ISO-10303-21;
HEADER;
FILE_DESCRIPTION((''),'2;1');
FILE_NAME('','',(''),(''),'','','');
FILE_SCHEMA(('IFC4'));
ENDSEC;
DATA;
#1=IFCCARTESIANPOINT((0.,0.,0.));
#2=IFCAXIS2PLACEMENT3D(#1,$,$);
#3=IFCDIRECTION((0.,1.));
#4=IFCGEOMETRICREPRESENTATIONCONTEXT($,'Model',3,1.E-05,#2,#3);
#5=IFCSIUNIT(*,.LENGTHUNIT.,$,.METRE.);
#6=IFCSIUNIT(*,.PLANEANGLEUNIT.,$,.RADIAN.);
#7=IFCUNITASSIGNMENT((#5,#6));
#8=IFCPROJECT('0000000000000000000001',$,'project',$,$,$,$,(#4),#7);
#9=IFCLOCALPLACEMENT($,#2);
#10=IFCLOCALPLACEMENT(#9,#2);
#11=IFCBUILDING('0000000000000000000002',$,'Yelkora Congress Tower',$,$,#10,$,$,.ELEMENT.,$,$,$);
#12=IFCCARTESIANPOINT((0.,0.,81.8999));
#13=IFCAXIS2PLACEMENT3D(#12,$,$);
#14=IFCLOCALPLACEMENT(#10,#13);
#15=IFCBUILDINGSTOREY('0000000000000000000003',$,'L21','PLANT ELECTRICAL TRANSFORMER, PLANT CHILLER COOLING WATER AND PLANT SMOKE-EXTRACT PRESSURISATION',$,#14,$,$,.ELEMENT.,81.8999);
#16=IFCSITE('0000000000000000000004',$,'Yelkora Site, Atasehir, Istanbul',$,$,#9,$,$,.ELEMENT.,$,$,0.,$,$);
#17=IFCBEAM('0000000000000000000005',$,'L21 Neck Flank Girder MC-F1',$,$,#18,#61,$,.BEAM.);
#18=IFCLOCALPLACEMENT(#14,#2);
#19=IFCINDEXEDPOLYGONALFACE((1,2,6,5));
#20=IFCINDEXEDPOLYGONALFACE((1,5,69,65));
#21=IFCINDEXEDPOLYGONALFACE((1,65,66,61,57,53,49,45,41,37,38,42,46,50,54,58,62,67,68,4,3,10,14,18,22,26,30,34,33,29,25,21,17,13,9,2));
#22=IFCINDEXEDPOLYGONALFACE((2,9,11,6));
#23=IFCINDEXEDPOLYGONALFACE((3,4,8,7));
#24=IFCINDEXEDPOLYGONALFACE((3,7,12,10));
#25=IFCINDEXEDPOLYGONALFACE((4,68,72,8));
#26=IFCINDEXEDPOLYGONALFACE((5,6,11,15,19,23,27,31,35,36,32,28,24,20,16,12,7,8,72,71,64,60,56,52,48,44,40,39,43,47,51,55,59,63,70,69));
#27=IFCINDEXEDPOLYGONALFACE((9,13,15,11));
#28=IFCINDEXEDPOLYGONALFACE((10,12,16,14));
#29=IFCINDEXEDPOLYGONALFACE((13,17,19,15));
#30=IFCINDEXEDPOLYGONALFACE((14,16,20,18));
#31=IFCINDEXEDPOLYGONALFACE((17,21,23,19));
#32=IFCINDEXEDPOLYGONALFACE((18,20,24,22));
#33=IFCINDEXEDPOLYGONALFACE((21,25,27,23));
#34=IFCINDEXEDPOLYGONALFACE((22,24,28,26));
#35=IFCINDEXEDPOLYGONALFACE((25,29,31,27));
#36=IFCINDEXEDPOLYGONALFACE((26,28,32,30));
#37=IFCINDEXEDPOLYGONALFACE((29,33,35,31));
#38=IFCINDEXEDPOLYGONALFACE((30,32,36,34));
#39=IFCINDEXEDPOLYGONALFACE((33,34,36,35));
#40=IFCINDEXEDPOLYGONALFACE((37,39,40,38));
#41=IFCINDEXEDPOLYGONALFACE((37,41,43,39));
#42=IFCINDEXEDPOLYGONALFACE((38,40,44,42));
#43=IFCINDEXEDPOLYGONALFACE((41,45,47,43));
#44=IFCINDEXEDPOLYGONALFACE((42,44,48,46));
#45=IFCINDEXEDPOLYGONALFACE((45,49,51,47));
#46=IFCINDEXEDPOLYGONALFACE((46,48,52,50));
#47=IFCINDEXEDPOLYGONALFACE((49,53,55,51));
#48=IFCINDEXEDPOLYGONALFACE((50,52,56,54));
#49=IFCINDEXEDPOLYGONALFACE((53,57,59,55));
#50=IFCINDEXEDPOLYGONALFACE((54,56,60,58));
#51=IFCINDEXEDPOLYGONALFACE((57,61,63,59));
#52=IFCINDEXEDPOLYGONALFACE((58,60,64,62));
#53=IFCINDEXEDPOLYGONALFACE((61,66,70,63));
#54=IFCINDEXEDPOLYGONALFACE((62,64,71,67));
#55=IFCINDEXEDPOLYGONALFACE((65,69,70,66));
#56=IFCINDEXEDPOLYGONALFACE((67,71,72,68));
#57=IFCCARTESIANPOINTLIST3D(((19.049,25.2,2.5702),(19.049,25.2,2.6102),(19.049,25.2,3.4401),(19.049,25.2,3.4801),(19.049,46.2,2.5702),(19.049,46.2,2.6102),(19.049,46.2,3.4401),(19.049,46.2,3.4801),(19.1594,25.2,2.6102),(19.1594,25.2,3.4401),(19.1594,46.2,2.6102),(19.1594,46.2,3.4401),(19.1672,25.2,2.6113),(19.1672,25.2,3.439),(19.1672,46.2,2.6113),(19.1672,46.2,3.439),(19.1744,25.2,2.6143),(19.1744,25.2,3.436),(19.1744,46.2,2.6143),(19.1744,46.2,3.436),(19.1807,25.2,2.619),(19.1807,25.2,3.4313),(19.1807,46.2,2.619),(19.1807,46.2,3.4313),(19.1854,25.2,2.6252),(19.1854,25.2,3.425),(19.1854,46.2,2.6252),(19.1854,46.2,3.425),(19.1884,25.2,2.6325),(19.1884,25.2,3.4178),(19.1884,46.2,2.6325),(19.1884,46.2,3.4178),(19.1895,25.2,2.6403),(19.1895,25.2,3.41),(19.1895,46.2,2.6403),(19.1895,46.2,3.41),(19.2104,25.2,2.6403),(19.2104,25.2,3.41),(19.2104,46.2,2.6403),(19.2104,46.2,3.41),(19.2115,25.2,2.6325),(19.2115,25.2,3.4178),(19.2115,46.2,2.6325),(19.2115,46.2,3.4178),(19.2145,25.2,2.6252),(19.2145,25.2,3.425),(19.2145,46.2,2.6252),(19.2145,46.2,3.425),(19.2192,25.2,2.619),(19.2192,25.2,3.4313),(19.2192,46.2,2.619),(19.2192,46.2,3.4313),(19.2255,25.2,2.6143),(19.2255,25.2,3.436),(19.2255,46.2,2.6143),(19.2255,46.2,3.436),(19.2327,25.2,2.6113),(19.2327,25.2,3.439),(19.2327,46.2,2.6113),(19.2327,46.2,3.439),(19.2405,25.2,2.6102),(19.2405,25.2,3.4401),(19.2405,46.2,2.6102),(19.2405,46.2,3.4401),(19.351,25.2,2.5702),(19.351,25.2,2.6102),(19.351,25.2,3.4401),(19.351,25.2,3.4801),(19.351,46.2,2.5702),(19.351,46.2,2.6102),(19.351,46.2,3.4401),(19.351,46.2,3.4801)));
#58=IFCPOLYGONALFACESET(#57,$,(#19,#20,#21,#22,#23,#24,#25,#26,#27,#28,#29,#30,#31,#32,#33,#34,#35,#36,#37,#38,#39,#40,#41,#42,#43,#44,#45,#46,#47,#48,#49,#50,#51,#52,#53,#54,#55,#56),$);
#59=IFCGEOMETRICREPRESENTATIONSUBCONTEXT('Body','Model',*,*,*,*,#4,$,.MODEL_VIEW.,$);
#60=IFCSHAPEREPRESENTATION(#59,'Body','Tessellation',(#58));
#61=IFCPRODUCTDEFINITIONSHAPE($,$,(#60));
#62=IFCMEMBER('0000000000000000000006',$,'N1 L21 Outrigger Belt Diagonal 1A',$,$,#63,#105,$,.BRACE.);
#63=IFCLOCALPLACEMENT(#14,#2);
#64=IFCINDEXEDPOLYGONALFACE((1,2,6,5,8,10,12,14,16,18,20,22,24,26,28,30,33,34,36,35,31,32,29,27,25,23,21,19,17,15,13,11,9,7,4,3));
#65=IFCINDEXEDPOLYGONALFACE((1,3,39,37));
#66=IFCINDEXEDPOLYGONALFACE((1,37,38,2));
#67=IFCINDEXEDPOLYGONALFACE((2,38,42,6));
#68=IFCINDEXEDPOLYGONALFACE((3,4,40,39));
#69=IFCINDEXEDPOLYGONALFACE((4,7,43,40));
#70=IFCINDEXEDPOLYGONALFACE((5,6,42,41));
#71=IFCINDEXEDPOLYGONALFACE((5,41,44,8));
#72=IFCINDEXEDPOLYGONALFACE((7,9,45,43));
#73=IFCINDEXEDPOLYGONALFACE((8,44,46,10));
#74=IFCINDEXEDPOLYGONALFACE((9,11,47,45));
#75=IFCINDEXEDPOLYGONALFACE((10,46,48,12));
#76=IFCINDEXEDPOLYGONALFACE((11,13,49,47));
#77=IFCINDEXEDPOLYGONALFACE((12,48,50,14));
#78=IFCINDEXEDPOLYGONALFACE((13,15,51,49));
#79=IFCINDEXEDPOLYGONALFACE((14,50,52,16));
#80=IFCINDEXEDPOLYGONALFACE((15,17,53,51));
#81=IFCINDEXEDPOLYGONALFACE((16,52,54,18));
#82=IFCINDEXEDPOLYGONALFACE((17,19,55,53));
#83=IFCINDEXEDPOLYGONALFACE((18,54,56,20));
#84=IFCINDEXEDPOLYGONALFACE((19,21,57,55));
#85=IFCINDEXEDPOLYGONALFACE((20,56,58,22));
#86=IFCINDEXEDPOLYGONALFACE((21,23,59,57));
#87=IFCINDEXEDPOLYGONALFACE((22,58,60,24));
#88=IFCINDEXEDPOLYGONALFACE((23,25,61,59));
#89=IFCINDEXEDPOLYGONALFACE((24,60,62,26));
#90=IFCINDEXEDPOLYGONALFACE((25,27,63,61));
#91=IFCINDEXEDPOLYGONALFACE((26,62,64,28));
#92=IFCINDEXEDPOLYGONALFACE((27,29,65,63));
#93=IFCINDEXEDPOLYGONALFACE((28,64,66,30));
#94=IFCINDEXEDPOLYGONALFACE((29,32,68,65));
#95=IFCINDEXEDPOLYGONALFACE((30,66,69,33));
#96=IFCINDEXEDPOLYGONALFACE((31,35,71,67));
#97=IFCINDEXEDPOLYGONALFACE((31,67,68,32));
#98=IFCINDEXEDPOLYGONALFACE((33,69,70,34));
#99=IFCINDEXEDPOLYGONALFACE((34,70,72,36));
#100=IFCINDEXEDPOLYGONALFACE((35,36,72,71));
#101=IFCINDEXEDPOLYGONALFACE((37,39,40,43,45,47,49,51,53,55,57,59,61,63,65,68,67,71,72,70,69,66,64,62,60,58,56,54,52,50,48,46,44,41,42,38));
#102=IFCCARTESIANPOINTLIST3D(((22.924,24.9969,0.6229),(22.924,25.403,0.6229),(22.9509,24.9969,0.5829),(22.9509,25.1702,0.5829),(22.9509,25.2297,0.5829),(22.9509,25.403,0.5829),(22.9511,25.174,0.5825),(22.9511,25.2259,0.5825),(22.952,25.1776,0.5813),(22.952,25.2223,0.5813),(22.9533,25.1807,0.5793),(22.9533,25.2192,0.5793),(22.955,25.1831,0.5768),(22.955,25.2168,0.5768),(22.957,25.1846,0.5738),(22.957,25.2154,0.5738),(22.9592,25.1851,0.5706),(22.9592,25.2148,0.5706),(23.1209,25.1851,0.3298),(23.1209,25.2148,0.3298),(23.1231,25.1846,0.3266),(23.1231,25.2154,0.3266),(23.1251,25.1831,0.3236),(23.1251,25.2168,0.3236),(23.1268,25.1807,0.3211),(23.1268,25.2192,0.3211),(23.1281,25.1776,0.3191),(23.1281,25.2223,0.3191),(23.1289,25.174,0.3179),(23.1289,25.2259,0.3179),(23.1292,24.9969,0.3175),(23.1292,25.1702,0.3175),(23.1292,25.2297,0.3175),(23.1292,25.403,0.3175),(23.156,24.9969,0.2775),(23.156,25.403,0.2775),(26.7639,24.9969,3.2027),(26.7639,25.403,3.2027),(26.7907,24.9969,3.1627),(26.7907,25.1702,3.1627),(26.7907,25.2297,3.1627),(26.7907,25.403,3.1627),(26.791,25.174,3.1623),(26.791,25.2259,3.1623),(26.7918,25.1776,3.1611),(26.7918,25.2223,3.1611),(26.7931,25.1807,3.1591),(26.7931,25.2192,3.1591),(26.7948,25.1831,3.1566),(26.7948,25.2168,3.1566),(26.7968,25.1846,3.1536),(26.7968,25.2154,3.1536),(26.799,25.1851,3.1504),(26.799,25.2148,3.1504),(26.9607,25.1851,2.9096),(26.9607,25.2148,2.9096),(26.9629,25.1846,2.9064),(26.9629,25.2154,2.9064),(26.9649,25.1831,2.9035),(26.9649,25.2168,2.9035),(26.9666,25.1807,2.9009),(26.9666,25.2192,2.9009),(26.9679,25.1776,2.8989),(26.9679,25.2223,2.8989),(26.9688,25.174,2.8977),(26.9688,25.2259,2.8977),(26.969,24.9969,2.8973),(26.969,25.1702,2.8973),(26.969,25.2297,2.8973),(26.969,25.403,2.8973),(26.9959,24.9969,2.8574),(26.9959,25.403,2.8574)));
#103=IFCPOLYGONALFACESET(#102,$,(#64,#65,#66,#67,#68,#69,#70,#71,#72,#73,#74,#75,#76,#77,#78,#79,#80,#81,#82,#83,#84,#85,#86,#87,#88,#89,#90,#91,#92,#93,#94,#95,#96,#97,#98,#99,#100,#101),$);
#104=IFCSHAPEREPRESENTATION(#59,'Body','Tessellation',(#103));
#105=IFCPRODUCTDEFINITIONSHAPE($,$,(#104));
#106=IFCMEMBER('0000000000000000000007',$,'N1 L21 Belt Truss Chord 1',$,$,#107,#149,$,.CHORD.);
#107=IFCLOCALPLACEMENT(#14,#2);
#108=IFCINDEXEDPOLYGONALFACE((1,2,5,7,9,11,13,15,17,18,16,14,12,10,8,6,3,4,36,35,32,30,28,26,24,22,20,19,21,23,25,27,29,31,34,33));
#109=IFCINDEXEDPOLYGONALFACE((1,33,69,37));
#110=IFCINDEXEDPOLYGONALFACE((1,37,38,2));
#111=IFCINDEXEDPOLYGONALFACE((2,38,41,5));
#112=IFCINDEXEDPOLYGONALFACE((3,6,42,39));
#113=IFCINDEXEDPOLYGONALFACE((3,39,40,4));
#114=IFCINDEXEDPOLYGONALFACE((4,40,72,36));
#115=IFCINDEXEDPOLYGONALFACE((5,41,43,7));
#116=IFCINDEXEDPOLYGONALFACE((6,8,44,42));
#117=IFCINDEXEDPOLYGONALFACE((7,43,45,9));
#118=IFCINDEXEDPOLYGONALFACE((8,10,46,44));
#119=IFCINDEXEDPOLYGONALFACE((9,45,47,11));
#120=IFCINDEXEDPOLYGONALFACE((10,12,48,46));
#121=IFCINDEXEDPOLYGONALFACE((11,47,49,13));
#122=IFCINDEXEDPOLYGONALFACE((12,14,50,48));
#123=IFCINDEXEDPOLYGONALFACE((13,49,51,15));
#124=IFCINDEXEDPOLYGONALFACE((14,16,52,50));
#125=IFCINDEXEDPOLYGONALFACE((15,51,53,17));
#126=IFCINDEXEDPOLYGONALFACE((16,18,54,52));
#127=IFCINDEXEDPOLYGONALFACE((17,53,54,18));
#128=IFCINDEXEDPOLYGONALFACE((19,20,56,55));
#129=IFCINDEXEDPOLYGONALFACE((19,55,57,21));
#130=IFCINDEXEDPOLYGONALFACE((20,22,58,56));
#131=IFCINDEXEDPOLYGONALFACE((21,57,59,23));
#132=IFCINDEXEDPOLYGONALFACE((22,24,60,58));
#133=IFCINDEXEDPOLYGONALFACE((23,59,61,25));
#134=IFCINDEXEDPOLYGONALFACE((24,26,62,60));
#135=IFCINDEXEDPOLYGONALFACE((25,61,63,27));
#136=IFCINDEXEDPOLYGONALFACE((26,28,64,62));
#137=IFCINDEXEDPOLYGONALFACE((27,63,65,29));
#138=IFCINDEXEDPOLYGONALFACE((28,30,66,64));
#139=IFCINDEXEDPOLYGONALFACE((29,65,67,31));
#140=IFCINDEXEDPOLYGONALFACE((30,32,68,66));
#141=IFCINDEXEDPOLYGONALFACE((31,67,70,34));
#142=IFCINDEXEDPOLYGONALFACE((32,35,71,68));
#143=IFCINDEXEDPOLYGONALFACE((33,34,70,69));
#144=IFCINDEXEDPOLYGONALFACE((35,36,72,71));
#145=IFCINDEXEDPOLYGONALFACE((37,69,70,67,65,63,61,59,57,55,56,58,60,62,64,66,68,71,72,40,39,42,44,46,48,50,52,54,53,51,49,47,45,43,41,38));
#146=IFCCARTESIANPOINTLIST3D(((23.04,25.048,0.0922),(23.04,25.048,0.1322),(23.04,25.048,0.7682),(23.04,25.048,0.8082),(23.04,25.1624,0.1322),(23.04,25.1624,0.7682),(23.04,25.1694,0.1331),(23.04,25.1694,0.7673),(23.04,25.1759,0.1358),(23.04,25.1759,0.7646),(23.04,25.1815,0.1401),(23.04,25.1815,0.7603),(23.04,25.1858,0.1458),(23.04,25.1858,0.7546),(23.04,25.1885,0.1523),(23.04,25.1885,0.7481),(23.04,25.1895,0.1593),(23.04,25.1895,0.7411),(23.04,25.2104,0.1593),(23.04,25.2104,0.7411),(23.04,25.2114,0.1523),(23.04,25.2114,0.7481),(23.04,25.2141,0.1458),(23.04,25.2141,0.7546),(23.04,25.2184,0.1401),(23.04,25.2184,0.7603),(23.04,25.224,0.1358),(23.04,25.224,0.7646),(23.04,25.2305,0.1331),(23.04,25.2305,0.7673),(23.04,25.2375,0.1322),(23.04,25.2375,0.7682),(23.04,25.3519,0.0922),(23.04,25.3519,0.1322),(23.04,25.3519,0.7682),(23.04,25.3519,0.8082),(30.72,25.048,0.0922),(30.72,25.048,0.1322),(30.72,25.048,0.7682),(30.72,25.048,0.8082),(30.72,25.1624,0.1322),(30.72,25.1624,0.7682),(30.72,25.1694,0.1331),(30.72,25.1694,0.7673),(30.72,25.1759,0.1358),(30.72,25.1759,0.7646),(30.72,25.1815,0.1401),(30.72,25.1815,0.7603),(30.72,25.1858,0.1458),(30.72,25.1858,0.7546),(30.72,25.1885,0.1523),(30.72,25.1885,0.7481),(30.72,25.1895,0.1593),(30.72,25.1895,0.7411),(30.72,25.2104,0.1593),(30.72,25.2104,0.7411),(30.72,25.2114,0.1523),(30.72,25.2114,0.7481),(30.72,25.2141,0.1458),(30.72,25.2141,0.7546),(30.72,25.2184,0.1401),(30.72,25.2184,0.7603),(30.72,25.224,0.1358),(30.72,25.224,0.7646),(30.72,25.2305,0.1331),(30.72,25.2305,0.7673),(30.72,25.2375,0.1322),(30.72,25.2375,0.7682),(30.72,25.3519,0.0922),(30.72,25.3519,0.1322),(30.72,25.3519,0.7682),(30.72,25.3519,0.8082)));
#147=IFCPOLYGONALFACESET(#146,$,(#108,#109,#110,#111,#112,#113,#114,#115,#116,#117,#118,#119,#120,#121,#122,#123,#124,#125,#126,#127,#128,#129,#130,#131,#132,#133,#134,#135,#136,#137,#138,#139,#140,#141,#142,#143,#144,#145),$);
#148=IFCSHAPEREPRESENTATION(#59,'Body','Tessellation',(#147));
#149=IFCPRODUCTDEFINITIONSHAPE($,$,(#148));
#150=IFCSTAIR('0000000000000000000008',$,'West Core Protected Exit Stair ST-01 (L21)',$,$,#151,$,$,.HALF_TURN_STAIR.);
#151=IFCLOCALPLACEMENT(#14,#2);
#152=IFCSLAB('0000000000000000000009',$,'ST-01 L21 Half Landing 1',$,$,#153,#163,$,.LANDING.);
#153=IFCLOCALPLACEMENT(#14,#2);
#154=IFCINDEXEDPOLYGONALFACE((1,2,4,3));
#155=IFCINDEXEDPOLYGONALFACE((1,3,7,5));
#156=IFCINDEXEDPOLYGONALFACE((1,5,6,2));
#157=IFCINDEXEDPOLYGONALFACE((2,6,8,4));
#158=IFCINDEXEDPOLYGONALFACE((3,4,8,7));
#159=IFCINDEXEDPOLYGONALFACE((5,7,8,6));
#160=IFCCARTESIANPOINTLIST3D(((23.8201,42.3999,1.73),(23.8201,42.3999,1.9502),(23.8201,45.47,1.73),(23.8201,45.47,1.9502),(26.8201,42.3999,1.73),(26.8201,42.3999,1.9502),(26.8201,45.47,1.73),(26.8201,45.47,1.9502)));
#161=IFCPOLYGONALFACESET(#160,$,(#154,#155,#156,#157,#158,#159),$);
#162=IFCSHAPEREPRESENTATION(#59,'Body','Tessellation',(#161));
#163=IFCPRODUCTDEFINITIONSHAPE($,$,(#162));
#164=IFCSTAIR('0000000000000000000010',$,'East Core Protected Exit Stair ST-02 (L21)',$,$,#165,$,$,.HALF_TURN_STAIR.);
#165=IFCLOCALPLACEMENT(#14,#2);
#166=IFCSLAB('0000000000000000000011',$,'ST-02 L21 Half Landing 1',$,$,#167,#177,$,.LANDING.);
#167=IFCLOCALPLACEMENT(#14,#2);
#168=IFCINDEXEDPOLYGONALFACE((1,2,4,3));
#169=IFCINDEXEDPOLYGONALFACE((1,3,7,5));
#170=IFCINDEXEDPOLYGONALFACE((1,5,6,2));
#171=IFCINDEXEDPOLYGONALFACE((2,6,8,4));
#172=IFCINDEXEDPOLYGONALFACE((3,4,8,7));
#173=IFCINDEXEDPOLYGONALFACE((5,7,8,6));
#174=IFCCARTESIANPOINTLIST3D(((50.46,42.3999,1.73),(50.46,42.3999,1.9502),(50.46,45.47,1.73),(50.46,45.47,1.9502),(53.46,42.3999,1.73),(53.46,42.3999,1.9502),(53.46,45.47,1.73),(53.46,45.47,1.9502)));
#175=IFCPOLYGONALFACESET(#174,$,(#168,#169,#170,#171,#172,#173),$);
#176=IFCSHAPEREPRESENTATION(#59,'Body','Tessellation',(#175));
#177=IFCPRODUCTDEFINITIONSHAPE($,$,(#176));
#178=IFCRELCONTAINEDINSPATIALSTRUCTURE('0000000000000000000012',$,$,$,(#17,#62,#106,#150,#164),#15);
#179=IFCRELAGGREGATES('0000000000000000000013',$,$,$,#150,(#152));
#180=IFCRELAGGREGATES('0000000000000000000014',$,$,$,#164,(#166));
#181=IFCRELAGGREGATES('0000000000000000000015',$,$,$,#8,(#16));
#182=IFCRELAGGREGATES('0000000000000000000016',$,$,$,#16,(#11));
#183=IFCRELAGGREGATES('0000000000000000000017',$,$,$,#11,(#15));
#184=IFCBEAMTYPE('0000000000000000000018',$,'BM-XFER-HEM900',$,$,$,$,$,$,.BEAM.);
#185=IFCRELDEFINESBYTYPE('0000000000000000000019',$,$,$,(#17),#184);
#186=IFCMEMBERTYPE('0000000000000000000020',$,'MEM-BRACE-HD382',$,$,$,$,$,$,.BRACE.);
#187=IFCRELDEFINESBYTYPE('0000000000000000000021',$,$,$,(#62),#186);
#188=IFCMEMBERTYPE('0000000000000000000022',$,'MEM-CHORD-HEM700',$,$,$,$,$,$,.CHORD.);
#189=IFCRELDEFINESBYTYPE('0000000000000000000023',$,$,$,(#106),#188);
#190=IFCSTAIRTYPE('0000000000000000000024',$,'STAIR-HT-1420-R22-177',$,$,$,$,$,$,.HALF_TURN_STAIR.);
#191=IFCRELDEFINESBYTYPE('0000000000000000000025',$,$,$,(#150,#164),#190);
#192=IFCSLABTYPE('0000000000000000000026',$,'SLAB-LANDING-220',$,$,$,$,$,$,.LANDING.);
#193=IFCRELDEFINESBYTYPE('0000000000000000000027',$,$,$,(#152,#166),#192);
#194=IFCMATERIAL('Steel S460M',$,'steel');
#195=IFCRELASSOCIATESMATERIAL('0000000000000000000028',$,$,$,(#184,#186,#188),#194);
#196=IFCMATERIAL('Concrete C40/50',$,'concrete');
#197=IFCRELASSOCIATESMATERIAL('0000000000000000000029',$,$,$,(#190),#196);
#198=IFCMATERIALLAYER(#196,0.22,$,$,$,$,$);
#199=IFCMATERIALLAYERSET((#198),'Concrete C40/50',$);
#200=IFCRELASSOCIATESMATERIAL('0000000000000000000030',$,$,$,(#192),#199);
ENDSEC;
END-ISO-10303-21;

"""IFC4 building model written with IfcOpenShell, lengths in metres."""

from ifc_helpers import new_model, si_unit, direction, frame, origin, origin_2d, place, context, subcontext, project, spatial, polyline, i_section, outline, extrude, material, layer, layer_set, material_profile, profile_set, type_object, element, aggregate, save


model = new_model("IFC4")

# Units and contexts
model_context = context("Model", 3, precision=1e-05, world=origin(), true_north=direction((0.0, 1.0)))
body_context = subcontext(model_context, "Body", "Model", "MODEL_VIEW")
ifc_project = project(units=[si_unit("LENGTHUNIT", "METRE"), si_unit("PLANEANGLEUNIT", "RADIAN")], contexts=[model_context])

# Site, building, storey
site_placement = place(None, origin())
site = spatial("IfcSite", under=ifc_project, at=site_placement, Name="Yelkora Site, Atasehir, Istanbul", CompositionType="ELEMENT", RefElevation=0.0)
building_placement = place(site_placement, origin())
building = spatial("IfcBuilding", under=site, at=building_placement, Name="Yelkora Congress Tower", CompositionType="ELEMENT")
storey_placement = place(building_placement, frame((0.0, 0.0, 81.8999)))
storey = spatial("IfcBuildingStorey", under=building, at=storey_placement, Name="L21", Description="PLANT ELECTRICAL TRANSFORMER, PLANT CHILLER COOLING WATER AND PLANT SMOKE-EXTRACT PRESSURISATION", CompositionType="ELEMENT", Elevation=81.8999)

# Beam
ifc_material_1 = material(Name="Steel S460M", Category="steel")
ifc_material_profile_1 = material_profile(ifc_material_1, i_section(OverallWidth=0.302, OverallDepth=0.9099, WebThickness=0.021, FlangeThickness=0.04, FilletRadius=0.03, at=origin_2d()), Name="HEM 900")
ifc_profile_set_1 = profile_set([ifc_material_profile_1], Name="Steel S460M")
beam_type = type_object("IfcBeamType", Name="BM-XFER-HEM900", PredefinedType="BEAM", material=ifc_profile_set_1)
beam_1_placement = place(storey_placement, frame((19.2, 25.2, 3.0251), z_axis=(0.0, 1.0, 0.0), x_axis=(-1.0, 0.0, 0.0)))
element("IfcBeam", 1, at=beam_1_placement, inside=storey, type_object=beam_type, Name="L21 Neck Flank Girder MC-F1", PredefinedType="BEAM", context=body_context, shape_type="SweptSolid", body=[
    extrude(i_section(OverallWidth=0.302, OverallDepth=0.9099, WebThickness=0.021, FlangeThickness=0.04, FilletRadius=0.03, at=origin_2d()), origin(), (0.0, 0.0, 1.0), 21.0),
])

# Members
ifc_material_profile_2 = material_profile(ifc_material_1, i_section(OverallWidth=0.406, OverallDepth=0.416, WebThickness=0.0298, FlangeThickness=0.0481, FilletRadius=0.0149, at=origin_2d()), Name="HD 400x382")
ifc_profile_set_2 = profile_set([ifc_material_profile_2], Name="Steel S460M")
member_type_1 = type_object("IfcMemberType", Name="MEM-BRACE-HD382", PredefinedType="BRACE", material=ifc_profile_set_2)
member_1_placement = place(storey_placement, frame((23.04, 25.2, 0.4502), z_axis=(0.830056, 0.0, 0.55768), x_axis=(0.0, 1.0, 0.0)))
element("IfcMember", 2, at=member_1_placement, inside=storey, type_object=member_type_1, Name="N1 L21 Outrigger Belt Diagonal 1A", PredefinedType="BRACE", context=body_context, shape_type="SweptSolid", body=[
    extrude(i_section(OverallWidth=0.406, OverallDepth=0.416, WebThickness=0.0298, FlangeThickness=0.0481, FilletRadius=0.0149, at=origin_2d()), origin(), (0.0, 0.0, 1.0), 4.626),
])
ifc_material_profile_3 = material_profile(ifc_material_1, i_section(OverallWidth=0.304, OverallDepth=0.7161, WebThickness=0.021, FlangeThickness=0.04, FilletRadius=0.0271, at=origin_2d()), Name="HEM 700")
ifc_profile_set_3 = profile_set([ifc_material_profile_3], Name="Steel S460M")
member_type_2 = type_object("IfcMemberType", Name="MEM-CHORD-HEM700", PredefinedType="CHORD", material=ifc_profile_set_3)
member_2_placement = place(storey_placement, frame((23.04, 25.2, 0.4502), z_axis=(1.0, 0.0, 0.0), x_axis=(0.0, 1.0, 0.0)))
element("IfcMember", 3, at=member_2_placement, inside=storey, type_object=member_type_2, Name="N1 L21 Belt Truss Chord 1", PredefinedType="CHORD", context=body_context, shape_type="SweptSolid", body=[
    extrude(i_section(OverallWidth=0.304, OverallDepth=0.7161, WebThickness=0.021, FlangeThickness=0.04, FilletRadius=0.0271, at=origin_2d()), origin(), (0.0, 0.0, 1.0), 7.6799),
])

# Stairs, slabs
ifc_material_2 = material(Name="Concrete C40/50", Category="concrete")
stair_type = type_object("IfcStairType", Name="STAIR-HT-1420-R22-177", PredefinedType="HALF_TURN_STAIR", material=ifc_material_2)
stair_1_placement = place(storey_placement, origin())
stair_1 = element("IfcStair", 4, at=stair_1_placement, inside=storey, type_object=stair_type, Name="West Core Protected Exit Stair ST-01 (L21)", PredefinedType="HALF_TURN_STAIR")
ifc_layer_1 = layer(ifc_material_2, 0.22)
ifc_layer_set_1 = layer_set([ifc_layer_1], Name="Concrete C40/50")
slab_type_1 = type_object("IfcSlabType", Name="SLAB-LANDING-220", PredefinedType="LANDING", material=ifc_layer_set_1)
slab_1_placement = place(storey_placement, frame((0.0, 0.0, 1.73)))
slab_1 = element("IfcSlab", 5, at=slab_1_placement, type_object=slab_type_1, Name="ST-01 L21 Half Landing 1", PredefinedType="LANDING", context=body_context, shape_type="SweptSolid", body=[
    extrude(outline(polyline([(26.8201, 42.3999), (26.8201, 45.47), (23.8201, 45.47), (23.8201, 42.3999), (26.8201, 42.3999)])), origin(), (0.0, 0.0, 1.0), 0.2202),
])
aggregate(stair_1, [slab_1])
stair_2_placement = place(storey_placement, origin())
stair_2 = element("IfcStair", 6, at=stair_2_placement, inside=storey, type_object=stair_type, Name="East Core Protected Exit Stair ST-02 (L21)", PredefinedType="HALF_TURN_STAIR")
slab_2_placement = place(storey_placement, frame((0.0, 0.0, 1.73)))
slab_2 = element("IfcSlab", 7, at=slab_2_placement, type_object=slab_type_1, Name="ST-02 L21 Half Landing 1", PredefinedType="LANDING", context=body_context, shape_type="SweptSolid", body=[
    extrude(outline(polyline([(53.46, 42.3999), (53.46, 45.47), (50.46, 45.47), (50.46, 42.3999), (53.46, 42.3999)])), origin(), (0.0, 0.0, 1.0), 0.2202),
])
aggregate(stair_2, [slab_2])

save(model, "model.ifc")
